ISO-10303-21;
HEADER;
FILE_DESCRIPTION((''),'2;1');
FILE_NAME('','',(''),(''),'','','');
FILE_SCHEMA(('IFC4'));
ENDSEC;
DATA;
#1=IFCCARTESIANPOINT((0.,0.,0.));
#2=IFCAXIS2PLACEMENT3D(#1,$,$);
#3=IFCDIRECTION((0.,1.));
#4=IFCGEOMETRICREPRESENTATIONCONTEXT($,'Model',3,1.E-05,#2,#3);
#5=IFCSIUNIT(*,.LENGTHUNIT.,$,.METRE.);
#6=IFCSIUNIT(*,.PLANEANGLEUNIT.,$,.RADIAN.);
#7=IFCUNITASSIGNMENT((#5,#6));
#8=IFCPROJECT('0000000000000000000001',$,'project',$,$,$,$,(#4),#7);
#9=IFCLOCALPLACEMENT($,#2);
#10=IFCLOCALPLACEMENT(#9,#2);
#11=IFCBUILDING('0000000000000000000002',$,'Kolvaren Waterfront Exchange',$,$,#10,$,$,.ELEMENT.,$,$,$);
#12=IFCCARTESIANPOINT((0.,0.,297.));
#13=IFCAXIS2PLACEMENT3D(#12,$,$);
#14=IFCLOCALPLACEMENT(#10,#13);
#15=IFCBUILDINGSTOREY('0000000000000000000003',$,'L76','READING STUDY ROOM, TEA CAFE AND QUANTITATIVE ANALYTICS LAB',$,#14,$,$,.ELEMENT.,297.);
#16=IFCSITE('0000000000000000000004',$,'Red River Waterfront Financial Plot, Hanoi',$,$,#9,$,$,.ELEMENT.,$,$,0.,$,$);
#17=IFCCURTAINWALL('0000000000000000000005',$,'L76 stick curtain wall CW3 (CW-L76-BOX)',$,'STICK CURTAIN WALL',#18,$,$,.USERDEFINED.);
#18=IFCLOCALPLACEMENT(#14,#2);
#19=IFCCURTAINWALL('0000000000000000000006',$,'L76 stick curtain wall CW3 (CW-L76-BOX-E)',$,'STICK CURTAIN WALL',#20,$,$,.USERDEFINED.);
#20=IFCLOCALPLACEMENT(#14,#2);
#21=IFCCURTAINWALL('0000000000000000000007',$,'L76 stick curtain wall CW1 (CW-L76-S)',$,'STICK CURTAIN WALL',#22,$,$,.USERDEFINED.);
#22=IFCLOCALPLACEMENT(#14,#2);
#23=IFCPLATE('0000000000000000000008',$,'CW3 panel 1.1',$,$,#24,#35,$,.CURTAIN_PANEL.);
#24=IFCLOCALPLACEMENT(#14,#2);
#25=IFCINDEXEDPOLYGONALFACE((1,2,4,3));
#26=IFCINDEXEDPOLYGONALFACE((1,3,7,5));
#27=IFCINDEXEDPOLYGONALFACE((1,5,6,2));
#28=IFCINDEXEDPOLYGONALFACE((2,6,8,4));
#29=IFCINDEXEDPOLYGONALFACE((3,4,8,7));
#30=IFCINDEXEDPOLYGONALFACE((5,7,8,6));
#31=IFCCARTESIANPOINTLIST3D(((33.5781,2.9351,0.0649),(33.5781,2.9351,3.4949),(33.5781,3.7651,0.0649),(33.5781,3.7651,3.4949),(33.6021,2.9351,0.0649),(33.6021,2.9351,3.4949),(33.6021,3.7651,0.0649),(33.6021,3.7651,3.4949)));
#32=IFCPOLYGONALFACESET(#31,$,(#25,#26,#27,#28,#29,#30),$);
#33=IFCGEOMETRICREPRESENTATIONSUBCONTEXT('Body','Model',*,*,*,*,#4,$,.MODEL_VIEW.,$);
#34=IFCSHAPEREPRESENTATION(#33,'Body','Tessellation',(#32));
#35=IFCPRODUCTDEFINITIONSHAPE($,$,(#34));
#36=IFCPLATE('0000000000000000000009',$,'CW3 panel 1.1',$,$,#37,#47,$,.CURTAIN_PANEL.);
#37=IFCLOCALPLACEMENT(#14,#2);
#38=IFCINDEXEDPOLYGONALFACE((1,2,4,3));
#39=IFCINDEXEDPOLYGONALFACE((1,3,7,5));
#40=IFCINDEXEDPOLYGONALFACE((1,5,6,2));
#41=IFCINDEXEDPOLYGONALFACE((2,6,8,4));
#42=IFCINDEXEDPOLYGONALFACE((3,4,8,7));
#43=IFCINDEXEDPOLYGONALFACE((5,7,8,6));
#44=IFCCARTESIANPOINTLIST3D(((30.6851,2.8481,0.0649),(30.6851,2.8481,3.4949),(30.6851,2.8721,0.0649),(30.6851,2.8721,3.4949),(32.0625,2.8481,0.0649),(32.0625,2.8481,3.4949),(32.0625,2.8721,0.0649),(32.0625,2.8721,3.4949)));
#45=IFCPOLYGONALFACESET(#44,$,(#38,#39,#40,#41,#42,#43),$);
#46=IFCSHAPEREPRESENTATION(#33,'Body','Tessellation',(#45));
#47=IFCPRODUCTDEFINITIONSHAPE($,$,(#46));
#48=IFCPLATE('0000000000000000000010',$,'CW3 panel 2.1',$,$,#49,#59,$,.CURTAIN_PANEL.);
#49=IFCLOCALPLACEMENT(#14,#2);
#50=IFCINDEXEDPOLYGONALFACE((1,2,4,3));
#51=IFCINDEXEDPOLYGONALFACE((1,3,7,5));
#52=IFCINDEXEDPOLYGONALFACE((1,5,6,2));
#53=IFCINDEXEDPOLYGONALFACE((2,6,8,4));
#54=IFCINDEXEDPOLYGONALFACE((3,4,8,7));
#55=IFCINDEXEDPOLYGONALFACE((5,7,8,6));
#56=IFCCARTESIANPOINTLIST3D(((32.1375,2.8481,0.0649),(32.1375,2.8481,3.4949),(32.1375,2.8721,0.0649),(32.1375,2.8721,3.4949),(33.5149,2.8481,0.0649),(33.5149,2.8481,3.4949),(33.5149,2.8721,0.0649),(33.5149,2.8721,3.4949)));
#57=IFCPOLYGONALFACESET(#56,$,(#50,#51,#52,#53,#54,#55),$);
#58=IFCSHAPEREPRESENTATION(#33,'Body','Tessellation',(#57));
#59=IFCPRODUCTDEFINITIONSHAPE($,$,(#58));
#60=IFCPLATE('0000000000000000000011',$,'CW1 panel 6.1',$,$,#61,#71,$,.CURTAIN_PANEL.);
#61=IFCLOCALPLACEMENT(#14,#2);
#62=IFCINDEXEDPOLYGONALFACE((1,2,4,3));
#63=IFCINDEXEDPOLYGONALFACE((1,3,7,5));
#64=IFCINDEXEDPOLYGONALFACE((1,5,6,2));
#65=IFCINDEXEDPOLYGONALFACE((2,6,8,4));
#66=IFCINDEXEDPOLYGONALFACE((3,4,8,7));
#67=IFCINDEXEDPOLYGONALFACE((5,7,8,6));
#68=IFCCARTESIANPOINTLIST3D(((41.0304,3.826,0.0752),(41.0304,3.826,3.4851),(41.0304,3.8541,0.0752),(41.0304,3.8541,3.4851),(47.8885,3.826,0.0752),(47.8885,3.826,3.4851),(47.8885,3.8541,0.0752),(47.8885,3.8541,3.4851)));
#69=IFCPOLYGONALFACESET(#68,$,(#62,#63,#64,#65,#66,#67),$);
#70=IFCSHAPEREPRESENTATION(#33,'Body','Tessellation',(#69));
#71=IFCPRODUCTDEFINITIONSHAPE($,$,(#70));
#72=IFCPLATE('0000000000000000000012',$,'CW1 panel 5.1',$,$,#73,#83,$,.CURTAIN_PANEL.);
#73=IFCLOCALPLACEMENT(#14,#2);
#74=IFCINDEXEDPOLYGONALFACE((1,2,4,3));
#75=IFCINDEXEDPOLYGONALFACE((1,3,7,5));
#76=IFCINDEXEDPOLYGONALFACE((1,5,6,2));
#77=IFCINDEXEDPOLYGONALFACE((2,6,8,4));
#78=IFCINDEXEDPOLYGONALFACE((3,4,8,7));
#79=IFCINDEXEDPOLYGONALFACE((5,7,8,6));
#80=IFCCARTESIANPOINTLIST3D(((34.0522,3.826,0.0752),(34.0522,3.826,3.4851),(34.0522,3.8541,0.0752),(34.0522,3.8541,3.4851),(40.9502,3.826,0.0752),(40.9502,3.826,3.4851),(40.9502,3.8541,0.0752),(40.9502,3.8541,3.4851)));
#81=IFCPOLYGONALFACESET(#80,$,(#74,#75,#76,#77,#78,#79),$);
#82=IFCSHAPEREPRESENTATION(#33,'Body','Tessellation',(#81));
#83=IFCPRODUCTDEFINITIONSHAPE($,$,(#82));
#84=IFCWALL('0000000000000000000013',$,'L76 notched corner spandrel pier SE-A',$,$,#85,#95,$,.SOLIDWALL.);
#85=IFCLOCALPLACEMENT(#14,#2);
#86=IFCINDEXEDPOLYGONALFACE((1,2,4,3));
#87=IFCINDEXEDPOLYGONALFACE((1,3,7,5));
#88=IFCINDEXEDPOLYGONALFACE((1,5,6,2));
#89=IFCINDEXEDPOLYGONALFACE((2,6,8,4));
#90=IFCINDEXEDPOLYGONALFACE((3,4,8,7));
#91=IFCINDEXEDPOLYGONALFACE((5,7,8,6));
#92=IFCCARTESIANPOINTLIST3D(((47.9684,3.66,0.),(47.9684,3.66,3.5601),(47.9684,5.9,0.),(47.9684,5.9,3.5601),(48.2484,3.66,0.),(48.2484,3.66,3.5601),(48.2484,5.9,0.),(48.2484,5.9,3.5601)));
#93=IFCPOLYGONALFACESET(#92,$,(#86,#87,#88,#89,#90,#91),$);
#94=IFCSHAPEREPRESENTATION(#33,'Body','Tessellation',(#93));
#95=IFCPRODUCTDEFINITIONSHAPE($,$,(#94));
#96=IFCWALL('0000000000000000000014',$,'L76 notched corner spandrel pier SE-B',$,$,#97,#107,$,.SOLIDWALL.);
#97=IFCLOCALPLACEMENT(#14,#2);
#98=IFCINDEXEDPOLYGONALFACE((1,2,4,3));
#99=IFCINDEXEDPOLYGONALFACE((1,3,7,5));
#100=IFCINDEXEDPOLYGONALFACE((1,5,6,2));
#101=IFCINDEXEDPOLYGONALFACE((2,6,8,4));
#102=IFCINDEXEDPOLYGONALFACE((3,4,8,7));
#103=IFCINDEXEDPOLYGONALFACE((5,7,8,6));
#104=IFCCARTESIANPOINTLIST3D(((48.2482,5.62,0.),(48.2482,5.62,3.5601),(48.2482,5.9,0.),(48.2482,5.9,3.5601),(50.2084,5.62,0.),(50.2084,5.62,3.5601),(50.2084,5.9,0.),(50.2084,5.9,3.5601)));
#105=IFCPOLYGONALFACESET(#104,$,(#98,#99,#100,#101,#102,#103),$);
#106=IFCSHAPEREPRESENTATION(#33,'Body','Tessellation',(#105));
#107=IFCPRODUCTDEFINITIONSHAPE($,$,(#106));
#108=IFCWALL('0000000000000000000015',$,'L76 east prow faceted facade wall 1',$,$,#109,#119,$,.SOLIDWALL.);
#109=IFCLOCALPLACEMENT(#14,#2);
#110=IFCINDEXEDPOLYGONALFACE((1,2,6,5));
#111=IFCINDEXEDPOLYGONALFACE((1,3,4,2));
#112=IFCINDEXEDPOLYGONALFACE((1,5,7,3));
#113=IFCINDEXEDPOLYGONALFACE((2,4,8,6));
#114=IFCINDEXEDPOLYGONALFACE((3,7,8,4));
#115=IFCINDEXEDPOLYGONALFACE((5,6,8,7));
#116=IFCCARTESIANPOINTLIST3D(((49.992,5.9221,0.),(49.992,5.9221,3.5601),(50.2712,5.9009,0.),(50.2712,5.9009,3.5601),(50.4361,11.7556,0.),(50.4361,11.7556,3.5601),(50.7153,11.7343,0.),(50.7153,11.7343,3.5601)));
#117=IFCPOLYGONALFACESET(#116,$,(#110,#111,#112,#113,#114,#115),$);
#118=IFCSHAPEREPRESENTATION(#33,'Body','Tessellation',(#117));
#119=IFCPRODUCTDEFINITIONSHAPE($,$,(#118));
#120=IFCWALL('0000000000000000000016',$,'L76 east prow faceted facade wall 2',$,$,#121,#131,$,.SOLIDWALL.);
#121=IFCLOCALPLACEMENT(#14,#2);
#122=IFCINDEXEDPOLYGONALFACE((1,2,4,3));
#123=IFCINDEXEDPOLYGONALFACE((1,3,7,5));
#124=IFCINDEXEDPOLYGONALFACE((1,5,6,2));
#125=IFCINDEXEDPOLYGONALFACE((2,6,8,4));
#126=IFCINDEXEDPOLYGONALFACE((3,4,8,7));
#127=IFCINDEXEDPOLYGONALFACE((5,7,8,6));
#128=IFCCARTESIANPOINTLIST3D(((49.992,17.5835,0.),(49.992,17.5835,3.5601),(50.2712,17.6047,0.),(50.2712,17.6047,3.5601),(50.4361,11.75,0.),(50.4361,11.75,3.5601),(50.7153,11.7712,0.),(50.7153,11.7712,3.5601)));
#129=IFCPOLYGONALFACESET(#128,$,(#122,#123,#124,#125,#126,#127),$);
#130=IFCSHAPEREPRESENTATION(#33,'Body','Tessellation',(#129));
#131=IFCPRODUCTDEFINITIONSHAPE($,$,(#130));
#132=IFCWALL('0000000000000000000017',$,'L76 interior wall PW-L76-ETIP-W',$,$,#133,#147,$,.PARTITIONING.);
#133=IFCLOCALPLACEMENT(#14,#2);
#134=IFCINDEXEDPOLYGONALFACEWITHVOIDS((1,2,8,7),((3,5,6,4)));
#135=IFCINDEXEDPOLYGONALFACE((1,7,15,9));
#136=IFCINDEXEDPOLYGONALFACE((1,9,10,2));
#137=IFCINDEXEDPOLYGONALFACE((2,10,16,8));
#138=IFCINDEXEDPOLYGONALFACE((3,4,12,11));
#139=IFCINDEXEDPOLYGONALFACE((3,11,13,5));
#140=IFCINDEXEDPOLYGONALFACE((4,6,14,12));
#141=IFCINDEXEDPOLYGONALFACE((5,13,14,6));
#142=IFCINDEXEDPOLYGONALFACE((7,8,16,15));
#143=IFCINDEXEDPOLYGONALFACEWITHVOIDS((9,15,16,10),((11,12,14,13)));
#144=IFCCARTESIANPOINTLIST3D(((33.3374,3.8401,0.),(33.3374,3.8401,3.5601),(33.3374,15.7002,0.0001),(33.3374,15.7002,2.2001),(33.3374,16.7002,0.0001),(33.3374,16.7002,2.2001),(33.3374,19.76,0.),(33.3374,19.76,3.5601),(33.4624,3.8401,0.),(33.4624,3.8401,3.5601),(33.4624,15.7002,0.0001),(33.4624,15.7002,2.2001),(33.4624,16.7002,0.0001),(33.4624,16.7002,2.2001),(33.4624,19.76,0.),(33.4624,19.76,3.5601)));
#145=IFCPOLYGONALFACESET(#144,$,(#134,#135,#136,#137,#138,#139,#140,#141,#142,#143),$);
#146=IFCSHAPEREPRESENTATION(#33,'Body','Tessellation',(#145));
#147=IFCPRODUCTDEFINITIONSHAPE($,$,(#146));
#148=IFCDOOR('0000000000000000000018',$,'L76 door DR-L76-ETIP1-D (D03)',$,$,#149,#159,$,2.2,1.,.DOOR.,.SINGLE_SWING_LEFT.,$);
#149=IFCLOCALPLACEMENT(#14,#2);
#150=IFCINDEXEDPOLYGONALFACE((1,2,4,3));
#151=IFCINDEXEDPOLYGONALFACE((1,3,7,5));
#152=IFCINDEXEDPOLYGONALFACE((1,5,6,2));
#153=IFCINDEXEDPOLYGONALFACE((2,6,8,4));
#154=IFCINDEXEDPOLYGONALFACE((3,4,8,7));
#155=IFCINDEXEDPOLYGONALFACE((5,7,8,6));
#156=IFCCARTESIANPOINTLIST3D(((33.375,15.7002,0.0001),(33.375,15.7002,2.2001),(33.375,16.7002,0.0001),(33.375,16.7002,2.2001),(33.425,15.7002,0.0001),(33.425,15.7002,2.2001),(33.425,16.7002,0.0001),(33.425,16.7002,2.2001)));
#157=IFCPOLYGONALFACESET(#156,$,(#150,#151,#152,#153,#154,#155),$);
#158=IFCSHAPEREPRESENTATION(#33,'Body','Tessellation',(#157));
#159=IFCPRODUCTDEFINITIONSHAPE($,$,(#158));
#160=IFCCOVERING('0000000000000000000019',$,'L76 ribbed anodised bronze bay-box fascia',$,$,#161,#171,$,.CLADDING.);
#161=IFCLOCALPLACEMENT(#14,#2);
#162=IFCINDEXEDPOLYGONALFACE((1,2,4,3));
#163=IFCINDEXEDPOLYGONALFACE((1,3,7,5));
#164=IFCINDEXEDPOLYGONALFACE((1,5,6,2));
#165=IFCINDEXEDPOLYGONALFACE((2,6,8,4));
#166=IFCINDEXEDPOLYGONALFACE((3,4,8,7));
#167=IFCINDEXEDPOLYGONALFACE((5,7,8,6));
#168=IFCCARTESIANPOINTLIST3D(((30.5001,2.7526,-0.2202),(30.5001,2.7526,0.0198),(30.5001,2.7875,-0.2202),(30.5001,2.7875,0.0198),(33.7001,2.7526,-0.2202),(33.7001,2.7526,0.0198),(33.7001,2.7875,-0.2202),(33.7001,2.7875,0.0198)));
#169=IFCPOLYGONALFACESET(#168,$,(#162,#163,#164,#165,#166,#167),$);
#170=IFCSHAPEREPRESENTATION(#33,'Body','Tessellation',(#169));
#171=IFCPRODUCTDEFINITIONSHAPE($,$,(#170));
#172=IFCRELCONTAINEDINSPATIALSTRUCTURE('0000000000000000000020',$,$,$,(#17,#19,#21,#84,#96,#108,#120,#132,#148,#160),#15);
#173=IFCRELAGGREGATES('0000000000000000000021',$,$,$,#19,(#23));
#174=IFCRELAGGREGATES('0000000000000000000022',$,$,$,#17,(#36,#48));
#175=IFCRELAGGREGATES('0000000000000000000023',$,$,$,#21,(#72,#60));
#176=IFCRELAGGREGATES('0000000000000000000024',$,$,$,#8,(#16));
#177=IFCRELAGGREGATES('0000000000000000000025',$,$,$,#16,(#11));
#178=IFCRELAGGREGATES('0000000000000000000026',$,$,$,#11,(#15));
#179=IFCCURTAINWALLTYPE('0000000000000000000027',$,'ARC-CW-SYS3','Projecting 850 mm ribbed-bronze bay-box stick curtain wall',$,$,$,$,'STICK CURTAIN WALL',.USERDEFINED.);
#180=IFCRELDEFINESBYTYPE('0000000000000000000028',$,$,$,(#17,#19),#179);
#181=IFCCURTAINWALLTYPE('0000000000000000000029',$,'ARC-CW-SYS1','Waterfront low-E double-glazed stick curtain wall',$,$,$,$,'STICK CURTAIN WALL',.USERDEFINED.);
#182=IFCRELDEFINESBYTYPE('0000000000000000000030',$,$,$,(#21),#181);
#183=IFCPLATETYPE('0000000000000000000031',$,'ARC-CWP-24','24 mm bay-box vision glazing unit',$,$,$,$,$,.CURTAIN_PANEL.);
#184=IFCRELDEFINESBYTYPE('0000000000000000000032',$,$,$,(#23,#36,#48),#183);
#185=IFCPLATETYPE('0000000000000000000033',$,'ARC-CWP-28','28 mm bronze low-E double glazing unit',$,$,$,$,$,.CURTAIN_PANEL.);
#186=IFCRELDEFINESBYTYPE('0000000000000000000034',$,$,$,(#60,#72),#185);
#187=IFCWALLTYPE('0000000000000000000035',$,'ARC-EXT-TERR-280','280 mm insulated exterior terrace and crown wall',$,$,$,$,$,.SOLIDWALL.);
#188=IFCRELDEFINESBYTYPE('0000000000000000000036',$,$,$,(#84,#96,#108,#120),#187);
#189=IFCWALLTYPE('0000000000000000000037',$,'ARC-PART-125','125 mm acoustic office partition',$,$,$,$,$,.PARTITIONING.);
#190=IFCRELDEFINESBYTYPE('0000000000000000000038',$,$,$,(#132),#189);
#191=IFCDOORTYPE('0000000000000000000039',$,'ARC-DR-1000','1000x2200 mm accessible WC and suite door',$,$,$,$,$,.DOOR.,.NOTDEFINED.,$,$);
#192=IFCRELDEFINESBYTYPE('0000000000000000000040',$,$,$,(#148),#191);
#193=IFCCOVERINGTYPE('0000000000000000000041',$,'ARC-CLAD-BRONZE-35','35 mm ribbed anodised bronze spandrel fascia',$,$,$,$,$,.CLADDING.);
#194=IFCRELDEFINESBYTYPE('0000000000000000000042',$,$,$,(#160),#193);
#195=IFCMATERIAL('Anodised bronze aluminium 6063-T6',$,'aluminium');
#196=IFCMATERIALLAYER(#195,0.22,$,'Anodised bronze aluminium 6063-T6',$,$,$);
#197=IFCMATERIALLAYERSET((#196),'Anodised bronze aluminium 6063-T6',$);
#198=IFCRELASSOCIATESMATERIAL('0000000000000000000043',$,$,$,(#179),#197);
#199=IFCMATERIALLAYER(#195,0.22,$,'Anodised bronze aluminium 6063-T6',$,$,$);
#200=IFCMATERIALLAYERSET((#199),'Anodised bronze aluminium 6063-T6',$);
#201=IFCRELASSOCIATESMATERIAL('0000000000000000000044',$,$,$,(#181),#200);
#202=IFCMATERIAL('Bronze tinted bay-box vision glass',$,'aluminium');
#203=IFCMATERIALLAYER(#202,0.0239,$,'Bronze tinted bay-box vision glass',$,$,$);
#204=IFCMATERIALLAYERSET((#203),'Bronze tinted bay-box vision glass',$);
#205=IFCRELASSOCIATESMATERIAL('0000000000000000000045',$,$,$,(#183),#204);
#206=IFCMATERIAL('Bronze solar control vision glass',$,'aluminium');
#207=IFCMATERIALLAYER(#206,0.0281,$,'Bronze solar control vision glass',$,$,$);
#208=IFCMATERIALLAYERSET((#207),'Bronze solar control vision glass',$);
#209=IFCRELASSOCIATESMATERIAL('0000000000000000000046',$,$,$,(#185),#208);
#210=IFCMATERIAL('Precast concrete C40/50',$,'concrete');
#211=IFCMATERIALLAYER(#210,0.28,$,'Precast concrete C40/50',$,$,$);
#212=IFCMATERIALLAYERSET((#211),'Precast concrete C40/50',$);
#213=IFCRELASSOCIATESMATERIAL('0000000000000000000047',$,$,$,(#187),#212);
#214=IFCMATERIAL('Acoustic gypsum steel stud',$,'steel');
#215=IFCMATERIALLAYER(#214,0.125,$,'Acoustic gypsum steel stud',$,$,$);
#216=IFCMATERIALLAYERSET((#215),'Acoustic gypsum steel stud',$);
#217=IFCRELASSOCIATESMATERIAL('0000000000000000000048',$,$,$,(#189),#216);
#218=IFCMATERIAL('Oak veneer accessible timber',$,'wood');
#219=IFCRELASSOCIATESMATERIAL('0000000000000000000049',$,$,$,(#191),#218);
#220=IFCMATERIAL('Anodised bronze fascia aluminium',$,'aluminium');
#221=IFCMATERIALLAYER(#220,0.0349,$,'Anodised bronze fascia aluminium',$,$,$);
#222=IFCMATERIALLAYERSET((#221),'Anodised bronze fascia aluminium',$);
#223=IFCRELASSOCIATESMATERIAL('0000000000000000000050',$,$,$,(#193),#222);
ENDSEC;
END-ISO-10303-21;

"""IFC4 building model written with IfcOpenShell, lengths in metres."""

from ifc_helpers import new_model, si_unit, direction, frame, frame_2d, origin, origin_with_axes, origin_2d, place, context, subcontext, project, spatial, rectangle, extrude, source, transform, mapped, material, layer, layer_set, type_object, element, fill, aggregate, save


model = new_model("IFC4")

# Units and contexts
model_context = context("Model", 3, precision=1e-05, world=origin(), true_north=direction((0.0, 1.0)))
body_context = subcontext(model_context, "Body", "Model", "MODEL_VIEW")
ifc_project = project(units=[si_unit("LENGTHUNIT", "METRE"), si_unit("PLANEANGLEUNIT", "RADIAN")], contexts=[model_context])

# Site, building, storey
site_placement = place(None, origin())
site = spatial("IfcSite", under=ifc_project, at=site_placement, Name="Red River Waterfront Financial Plot, Hanoi", CompositionType="ELEMENT", RefElevation=0.0)
building_placement = place(site_placement, origin())
building = spatial("IfcBuilding", under=site, at=building_placement, Name="Kolvaren Waterfront Exchange", CompositionType="ELEMENT")
storey_placement = place(building_placement, frame((0.0, 0.0, 297.0)))
storey = spatial("IfcBuildingStorey", under=building, at=storey_placement, Name="L76", Description="READING STUDY ROOM, TEA CAFE AND QUANTITATIVE ANALYTICS LAB", CompositionType="ELEMENT", Elevation=297.0)

# Curtain walls
ifc_material_1 = material(Name="Anodised bronze aluminium 6063-T6", Category="aluminium")
ifc_layer_1 = layer(ifc_material_1, 0.22, Name="Anodised bronze aluminium 6063-T6")
ifc_layer_set_1 = layer_set([ifc_layer_1], Name="Anodised bronze aluminium 6063-T6")
curtain_wall_type_1 = type_object("IfcCurtainWallType", Name="ARC-CW-SYS3", Description="Projecting 850 mm ribbed-bronze bay-box stick curtain wall", ElementType="STICK CURTAIN WALL", PredefinedType="USERDEFINED", material=ifc_layer_set_1)
curtain_wall_1_placement = place(storey_placement, origin())
curtain_wall_1 = element("IfcCurtainWall", 1, at=curtain_wall_1_placement, inside=storey, type_object=curtain_wall_type_1, Name="L76 stick curtain wall CW3 (CW-L76-BOX)", ObjectType="STICK CURTAIN WALL", PredefinedType="USERDEFINED")
curtain_wall_2_placement = place(storey_placement, origin())
curtain_wall_2 = element("IfcCurtainWall", 2, at=curtain_wall_2_placement, inside=storey, type_object=curtain_wall_type_1, Name="L76 stick curtain wall CW3 (CW-L76-BOX-E)", ObjectType="STICK CURTAIN WALL", PredefinedType="USERDEFINED")

# Curtain wall
ifc_layer_2 = layer(ifc_material_1, 0.22, Name="Anodised bronze aluminium 6063-T6")
ifc_layer_set_2 = layer_set([ifc_layer_2], Name="Anodised bronze aluminium 6063-T6")
curtain_wall_type_2 = type_object("IfcCurtainWallType", Name="ARC-CW-SYS1", Description="Waterfront low-E double-glazed stick curtain wall", ElementType="STICK CURTAIN WALL", PredefinedType="USERDEFINED", material=ifc_layer_set_2)
curtain_wall_3_placement = place(storey_placement, origin())
curtain_wall_3 = element("IfcCurtainWall", 3, at=curtain_wall_3_placement, inside=storey, type_object=curtain_wall_type_2, Name="L76 stick curtain wall CW1 (CW-L76-S)", ObjectType="STICK CURTAIN WALL", PredefinedType="USERDEFINED")

# Plates
ifc_material_2 = material(Name="Bronze tinted bay-box vision glass", Category="aluminium")
ifc_layer_3 = layer(ifc_material_2, 0.0239, Name="Bronze tinted bay-box vision glass")
ifc_layer_set_3 = layer_set([ifc_layer_3], Name="Bronze tinted bay-box vision glass")
plate_type_1 = type_object("IfcPlateType", Name="ARC-CWP-24", Description="24 mm bay-box vision glazing unit", PredefinedType="CURTAIN_PANEL", material=ifc_layer_set_3)
shared_shape_1 = source(origin_with_axes(), body_context, "Body", "SweptSolid", [
    extrude(rectangle(XDim=0.8301, YDim=0.0239, at=origin_2d()), origin(), (0.0, 0.0, 1.0), 3.4299),
])
plate_1_placement = place(storey_placement, frame((33.5901, 3.3501, 0.0649), z_axis=(0.0, 0.0, 1.0), x_axis=(0.0, 1.0, 0.0)))
plate_1 = element("IfcPlate", 4, at=plate_1_placement, type_object=plate_type_1, Name="CW3 panel 1.1", PredefinedType="CURTAIN_PANEL", context=body_context, shape_type="MappedRepresentation", body=[
    mapped(shared_shape_1, transform((0.0, 0.0, 0.0), x_axis=(1.0, 0.0, 0.0), y_axis=(0.0, 1.0, 0.0), z_axis=(0.0, 0.0, 1.0), scale=1.0)),
])
aggregate(curtain_wall_2, [plate_1])
shared_shape_2 = source(origin_with_axes(), body_context, "Body", "SweptSolid", [
    extrude(rectangle(XDim=1.3774, YDim=0.0239, at=origin_2d()), origin(), (0.0, 0.0, 1.0), 3.4299),
])
plate_2_placement = place(storey_placement, frame((31.3738, 2.8601, 0.0649), z_axis=(0.0, 0.0, 1.0), x_axis=(1.0, 0.0, 0.0)))
plate_2 = element("IfcPlate", 5, at=plate_2_placement, type_object=plate_type_1, Name="CW3 panel 1.1", PredefinedType="CURTAIN_PANEL", context=body_context, shape_type="MappedRepresentation", body=[
    mapped(shared_shape_2, transform((0.0, 0.0, 0.0), x_axis=(1.0, 0.0, 0.0), y_axis=(0.0, 1.0, 0.0), z_axis=(0.0, 0.0, 1.0), scale=1.0)),
])
plate_3_placement = place(storey_placement, frame((32.8262, 2.8601, 0.0649), z_axis=(0.0, 0.0, 1.0), x_axis=(1.0, 0.0, 0.0)))
plate_3 = element("IfcPlate", 6, at=plate_3_placement, type_object=plate_type_1, Name="CW3 panel 2.1", PredefinedType="CURTAIN_PANEL", context=body_context, shape_type="MappedRepresentation", body=[
    mapped(shared_shape_2, transform((0.0, 0.0, 0.0), x_axis=(1.0, 0.0, 0.0), y_axis=(0.0, 1.0, 0.0), z_axis=(0.0, 0.0, 1.0), scale=1.0)),
])
aggregate(curtain_wall_1, [plate_2, plate_3])
ifc_material_3 = material(Name="Bronze solar control vision glass", Category="aluminium")
ifc_layer_4 = layer(ifc_material_3, 0.0281, Name="Bronze solar control vision glass")
ifc_layer_set_4 = layer_set([ifc_layer_4], Name="Bronze solar control vision glass")
plate_type_2 = type_object("IfcPlateType", Name="ARC-CWP-28", Description="28 mm bronze low-E double glazing unit", PredefinedType="CURTAIN_PANEL", material=ifc_layer_set_4)
shared_shape_3 = source(origin_with_axes(), body_context, "Body", "SweptSolid", [
    extrude(rectangle(XDim=6.8582, YDim=0.0281, at=origin_2d()), origin(), (0.0, 0.0, 1.0), 3.4099),
])
plate_4_placement = place(storey_placement, frame((44.4595, 3.8401, 0.0752), z_axis=(0.0, 0.0, 1.0), x_axis=(1.0, 0.0, 0.0)))
plate_4 = element("IfcPlate", 7, at=plate_4_placement, type_object=plate_type_2, Name="CW1 panel 6.1", PredefinedType="CURTAIN_PANEL", context=body_context, shape_type="MappedRepresentation", body=[
    mapped(shared_shape_3, transform((0.0, 0.0, 0.0), x_axis=(1.0, 0.0, 0.0), y_axis=(0.0, 1.0, 0.0), z_axis=(0.0, 0.0, 1.0), scale=1.0)),
])
shared_shape_4 = source(origin_with_axes(), body_context, "Body", "SweptSolid", [
    extrude(rectangle(XDim=6.8979, YDim=0.0281, at=origin_2d()), origin(), (0.0, 0.0, 1.0), 3.4099),
])
plate_5_placement = place(storey_placement, frame((37.5012, 3.8401, 0.0752), z_axis=(0.0, 0.0, 1.0), x_axis=(1.0, 0.0, 0.0)))
plate_5 = element("IfcPlate", 8, at=plate_5_placement, type_object=plate_type_2, Name="CW1 panel 5.1", PredefinedType="CURTAIN_PANEL", context=body_context, shape_type="MappedRepresentation", body=[
    mapped(shared_shape_4, transform((0.0, 0.0, 0.0), x_axis=(1.0, 0.0, 0.0), y_axis=(0.0, 1.0, 0.0), z_axis=(0.0, 0.0, 1.0), scale=1.0)),
])
aggregate(curtain_wall_3, [plate_5, plate_4])

# Walls
ifc_material_4 = material(Name="Precast concrete C40/50", Category="concrete")
ifc_layer_5 = layer(ifc_material_4, 0.28, Name="Precast concrete C40/50")
ifc_layer_set_5 = layer_set([ifc_layer_5], Name="Precast concrete C40/50")
wall_type_1 = type_object("IfcWallType", Name="ARC-EXT-TERR-280", Description="280 mm insulated exterior terrace and crown wall", PredefinedType="SOLIDWALL", material=ifc_layer_set_5)
wall_1_placement = place(storey_placement, frame((48.1084, 3.6599, 0.0), z_axis=(0.0, 0.0, 1.0), x_axis=(0.0, 1.0, 0.0)))
element("IfcWall", 9, at=wall_1_placement, inside=storey, type_object=wall_type_1, Name="L76 notched corner spandrel pier SE-A", PredefinedType="SOLIDWALL", context=body_context, shape_type="SweptSolid", body=[
    extrude(rectangle(XDim=2.24, YDim=0.28, at=frame_2d((1.1201, 0.0))), origin(), (0.0, 0.0, 1.0), 3.5601),
])
wall_2_placement = place(storey_placement, frame((48.2483, 5.76, 0.0), z_axis=(0.0, 0.0, 1.0), x_axis=(1.0, 0.0, 0.0)))
element("IfcWall", 10, at=wall_2_placement, inside=storey, type_object=wall_type_1, Name="L76 notched corner spandrel pier SE-B", PredefinedType="SOLIDWALL", context=body_context, shape_type="SweptSolid", body=[
    extrude(rectangle(XDim=1.9602, YDim=0.28, at=frame_2d((0.98, 0.0))), origin(), (0.0, 0.0, 1.0), 3.5601),
])
for number, where, z_axis, x_axis, name in (
    (11, (50.1316, 5.9114, 0.0), (0.0, 0.0, 1.0), (0.075908, 0.997115, 0.0), "L76 east prow faceted facade wall 1"),
    (12, (50.5757, 11.7605, 0.0), (0.0, 0.0, 1.0), (-0.075908, 0.997115, 0.0), "L76 east prow faceted facade wall 2"),
):
    element("IfcWall", number, at=place(storey_placement, frame(where, z_axis=z_axis, x_axis=x_axis)), inside=storey, type_object=wall_type_1, Name=name, PredefinedType="SOLIDWALL", context=body_context, shape_type="SweptSolid", body=[
        extrude(rectangle(XDim=5.8503, YDim=0.28, at=frame_2d((2.9253, 0.0))), origin(), (0.0, 0.0, 1.0), 3.5601),
    ])

# Wall, opening, door
ifc_material_5 = material(Name="Acoustic gypsum steel stud", Category="steel")
ifc_layer_6 = layer(ifc_material_5, 0.125, Name="Acoustic gypsum steel stud")
ifc_layer_set_6 = layer_set([ifc_layer_6], Name="Acoustic gypsum steel stud")
wall_type_2 = type_object("IfcWallType", Name="ARC-PART-125", Description="125 mm acoustic office partition", PredefinedType="PARTITIONING", material=ifc_layer_set_6)
wall_3_placement = place(storey_placement, frame((33.3999, 3.8401, 0.0), z_axis=(0.0, 0.0, 1.0), x_axis=(0.0, 1.0, 0.0)))
wall_3 = element("IfcWall", 13, at=wall_3_placement, inside=storey, type_object=wall_type_2, Name="L76 interior wall PW-L76-ETIP-W", PredefinedType="PARTITIONING", context=body_context, shape_type="SweptSolid", body=[
    extrude(rectangle(XDim=15.9199, YDim=0.125, at=frame_2d((7.96, 0.0))), origin(), (0.0, 0.0, 1.0), 3.5601),
])
opening_placement = place(wall_3_placement, frame((11.8601, 0.0, 0.0)))
opening = element("IfcOpeningElement", 14, at=opening_placement, cuts=wall_3, PredefinedType="OPENING", context=body_context, shape_type="SweptSolid", body=[
    extrude(rectangle(XDim=1.0, YDim=2.2, at=frame_2d((0.5, 1.1001))), frame((0.0, 0.0725, 0.0), z_axis=(0.0, -1.0, 0.0), x_axis=(1.0, 0.0, 0.0)), (0.0, 0.0, 1.0), 0.145),
])
ifc_material_6 = material(Name="Oak veneer accessible timber", Category="wood")
door_type = type_object("IfcDoorType", Name="ARC-DR-1000", Description="1000x2200 mm accessible WC and suite door", OperationType="NOTDEFINED", PredefinedType="DOOR", material=ifc_material_6)
door_placement = place(opening_placement, origin())
door = element("IfcDoor", 15, at=door_placement, inside=storey, type_object=door_type, Name="L76 door DR-L76-ETIP1-D (D03)", OperationType="SINGLE_SWING_LEFT", OverallHeight=2.2, OverallWidth=1.0, PredefinedType="DOOR", context=body_context, shape_type="SweptSolid", body=[
    extrude(rectangle(XDim=1.0, YDim=2.2, at=frame_2d((0.5, 1.1001))), frame((0.0, 0.0249, 0.0), z_axis=(0.0, -1.0, 0.0), x_axis=(1.0, 0.0, 0.0)), (0.0, 0.0, 1.0), 0.05),
])
fill(opening, door)

# Covering
ifc_material_7 = material(Name="Anodised bronze fascia aluminium", Category="aluminium")
ifc_layer_7 = layer(ifc_material_7, 0.0349, Name="Anodised bronze fascia aluminium")
ifc_layer_set_7 = layer_set([ifc_layer_7], Name="Anodised bronze fascia aluminium")
covering_type = type_object("IfcCoveringType", Name="ARC-CLAD-BRONZE-35", Description="35 mm ribbed anodised bronze spandrel fascia", PredefinedType="CLADDING", material=ifc_layer_set_7)
covering_placement = place(storey_placement, frame((32.1001, 2.77, -0.2202), z_axis=(0.0, 0.0, 1.0), x_axis=(1.0, 0.0, 0.0)))
element("IfcCovering", 16, at=covering_placement, inside=storey, type_object=covering_type, Name="L76 ribbed anodised bronze bay-box fascia", PredefinedType="CLADDING", context=body_context, shape_type="SweptSolid", body=[
    extrude(rectangle(XDim=3.2, YDim=0.0349, at=origin_2d()), origin(), (0.0, 0.0, 1.0), 0.24),
])

save(model, "model.ifc")
